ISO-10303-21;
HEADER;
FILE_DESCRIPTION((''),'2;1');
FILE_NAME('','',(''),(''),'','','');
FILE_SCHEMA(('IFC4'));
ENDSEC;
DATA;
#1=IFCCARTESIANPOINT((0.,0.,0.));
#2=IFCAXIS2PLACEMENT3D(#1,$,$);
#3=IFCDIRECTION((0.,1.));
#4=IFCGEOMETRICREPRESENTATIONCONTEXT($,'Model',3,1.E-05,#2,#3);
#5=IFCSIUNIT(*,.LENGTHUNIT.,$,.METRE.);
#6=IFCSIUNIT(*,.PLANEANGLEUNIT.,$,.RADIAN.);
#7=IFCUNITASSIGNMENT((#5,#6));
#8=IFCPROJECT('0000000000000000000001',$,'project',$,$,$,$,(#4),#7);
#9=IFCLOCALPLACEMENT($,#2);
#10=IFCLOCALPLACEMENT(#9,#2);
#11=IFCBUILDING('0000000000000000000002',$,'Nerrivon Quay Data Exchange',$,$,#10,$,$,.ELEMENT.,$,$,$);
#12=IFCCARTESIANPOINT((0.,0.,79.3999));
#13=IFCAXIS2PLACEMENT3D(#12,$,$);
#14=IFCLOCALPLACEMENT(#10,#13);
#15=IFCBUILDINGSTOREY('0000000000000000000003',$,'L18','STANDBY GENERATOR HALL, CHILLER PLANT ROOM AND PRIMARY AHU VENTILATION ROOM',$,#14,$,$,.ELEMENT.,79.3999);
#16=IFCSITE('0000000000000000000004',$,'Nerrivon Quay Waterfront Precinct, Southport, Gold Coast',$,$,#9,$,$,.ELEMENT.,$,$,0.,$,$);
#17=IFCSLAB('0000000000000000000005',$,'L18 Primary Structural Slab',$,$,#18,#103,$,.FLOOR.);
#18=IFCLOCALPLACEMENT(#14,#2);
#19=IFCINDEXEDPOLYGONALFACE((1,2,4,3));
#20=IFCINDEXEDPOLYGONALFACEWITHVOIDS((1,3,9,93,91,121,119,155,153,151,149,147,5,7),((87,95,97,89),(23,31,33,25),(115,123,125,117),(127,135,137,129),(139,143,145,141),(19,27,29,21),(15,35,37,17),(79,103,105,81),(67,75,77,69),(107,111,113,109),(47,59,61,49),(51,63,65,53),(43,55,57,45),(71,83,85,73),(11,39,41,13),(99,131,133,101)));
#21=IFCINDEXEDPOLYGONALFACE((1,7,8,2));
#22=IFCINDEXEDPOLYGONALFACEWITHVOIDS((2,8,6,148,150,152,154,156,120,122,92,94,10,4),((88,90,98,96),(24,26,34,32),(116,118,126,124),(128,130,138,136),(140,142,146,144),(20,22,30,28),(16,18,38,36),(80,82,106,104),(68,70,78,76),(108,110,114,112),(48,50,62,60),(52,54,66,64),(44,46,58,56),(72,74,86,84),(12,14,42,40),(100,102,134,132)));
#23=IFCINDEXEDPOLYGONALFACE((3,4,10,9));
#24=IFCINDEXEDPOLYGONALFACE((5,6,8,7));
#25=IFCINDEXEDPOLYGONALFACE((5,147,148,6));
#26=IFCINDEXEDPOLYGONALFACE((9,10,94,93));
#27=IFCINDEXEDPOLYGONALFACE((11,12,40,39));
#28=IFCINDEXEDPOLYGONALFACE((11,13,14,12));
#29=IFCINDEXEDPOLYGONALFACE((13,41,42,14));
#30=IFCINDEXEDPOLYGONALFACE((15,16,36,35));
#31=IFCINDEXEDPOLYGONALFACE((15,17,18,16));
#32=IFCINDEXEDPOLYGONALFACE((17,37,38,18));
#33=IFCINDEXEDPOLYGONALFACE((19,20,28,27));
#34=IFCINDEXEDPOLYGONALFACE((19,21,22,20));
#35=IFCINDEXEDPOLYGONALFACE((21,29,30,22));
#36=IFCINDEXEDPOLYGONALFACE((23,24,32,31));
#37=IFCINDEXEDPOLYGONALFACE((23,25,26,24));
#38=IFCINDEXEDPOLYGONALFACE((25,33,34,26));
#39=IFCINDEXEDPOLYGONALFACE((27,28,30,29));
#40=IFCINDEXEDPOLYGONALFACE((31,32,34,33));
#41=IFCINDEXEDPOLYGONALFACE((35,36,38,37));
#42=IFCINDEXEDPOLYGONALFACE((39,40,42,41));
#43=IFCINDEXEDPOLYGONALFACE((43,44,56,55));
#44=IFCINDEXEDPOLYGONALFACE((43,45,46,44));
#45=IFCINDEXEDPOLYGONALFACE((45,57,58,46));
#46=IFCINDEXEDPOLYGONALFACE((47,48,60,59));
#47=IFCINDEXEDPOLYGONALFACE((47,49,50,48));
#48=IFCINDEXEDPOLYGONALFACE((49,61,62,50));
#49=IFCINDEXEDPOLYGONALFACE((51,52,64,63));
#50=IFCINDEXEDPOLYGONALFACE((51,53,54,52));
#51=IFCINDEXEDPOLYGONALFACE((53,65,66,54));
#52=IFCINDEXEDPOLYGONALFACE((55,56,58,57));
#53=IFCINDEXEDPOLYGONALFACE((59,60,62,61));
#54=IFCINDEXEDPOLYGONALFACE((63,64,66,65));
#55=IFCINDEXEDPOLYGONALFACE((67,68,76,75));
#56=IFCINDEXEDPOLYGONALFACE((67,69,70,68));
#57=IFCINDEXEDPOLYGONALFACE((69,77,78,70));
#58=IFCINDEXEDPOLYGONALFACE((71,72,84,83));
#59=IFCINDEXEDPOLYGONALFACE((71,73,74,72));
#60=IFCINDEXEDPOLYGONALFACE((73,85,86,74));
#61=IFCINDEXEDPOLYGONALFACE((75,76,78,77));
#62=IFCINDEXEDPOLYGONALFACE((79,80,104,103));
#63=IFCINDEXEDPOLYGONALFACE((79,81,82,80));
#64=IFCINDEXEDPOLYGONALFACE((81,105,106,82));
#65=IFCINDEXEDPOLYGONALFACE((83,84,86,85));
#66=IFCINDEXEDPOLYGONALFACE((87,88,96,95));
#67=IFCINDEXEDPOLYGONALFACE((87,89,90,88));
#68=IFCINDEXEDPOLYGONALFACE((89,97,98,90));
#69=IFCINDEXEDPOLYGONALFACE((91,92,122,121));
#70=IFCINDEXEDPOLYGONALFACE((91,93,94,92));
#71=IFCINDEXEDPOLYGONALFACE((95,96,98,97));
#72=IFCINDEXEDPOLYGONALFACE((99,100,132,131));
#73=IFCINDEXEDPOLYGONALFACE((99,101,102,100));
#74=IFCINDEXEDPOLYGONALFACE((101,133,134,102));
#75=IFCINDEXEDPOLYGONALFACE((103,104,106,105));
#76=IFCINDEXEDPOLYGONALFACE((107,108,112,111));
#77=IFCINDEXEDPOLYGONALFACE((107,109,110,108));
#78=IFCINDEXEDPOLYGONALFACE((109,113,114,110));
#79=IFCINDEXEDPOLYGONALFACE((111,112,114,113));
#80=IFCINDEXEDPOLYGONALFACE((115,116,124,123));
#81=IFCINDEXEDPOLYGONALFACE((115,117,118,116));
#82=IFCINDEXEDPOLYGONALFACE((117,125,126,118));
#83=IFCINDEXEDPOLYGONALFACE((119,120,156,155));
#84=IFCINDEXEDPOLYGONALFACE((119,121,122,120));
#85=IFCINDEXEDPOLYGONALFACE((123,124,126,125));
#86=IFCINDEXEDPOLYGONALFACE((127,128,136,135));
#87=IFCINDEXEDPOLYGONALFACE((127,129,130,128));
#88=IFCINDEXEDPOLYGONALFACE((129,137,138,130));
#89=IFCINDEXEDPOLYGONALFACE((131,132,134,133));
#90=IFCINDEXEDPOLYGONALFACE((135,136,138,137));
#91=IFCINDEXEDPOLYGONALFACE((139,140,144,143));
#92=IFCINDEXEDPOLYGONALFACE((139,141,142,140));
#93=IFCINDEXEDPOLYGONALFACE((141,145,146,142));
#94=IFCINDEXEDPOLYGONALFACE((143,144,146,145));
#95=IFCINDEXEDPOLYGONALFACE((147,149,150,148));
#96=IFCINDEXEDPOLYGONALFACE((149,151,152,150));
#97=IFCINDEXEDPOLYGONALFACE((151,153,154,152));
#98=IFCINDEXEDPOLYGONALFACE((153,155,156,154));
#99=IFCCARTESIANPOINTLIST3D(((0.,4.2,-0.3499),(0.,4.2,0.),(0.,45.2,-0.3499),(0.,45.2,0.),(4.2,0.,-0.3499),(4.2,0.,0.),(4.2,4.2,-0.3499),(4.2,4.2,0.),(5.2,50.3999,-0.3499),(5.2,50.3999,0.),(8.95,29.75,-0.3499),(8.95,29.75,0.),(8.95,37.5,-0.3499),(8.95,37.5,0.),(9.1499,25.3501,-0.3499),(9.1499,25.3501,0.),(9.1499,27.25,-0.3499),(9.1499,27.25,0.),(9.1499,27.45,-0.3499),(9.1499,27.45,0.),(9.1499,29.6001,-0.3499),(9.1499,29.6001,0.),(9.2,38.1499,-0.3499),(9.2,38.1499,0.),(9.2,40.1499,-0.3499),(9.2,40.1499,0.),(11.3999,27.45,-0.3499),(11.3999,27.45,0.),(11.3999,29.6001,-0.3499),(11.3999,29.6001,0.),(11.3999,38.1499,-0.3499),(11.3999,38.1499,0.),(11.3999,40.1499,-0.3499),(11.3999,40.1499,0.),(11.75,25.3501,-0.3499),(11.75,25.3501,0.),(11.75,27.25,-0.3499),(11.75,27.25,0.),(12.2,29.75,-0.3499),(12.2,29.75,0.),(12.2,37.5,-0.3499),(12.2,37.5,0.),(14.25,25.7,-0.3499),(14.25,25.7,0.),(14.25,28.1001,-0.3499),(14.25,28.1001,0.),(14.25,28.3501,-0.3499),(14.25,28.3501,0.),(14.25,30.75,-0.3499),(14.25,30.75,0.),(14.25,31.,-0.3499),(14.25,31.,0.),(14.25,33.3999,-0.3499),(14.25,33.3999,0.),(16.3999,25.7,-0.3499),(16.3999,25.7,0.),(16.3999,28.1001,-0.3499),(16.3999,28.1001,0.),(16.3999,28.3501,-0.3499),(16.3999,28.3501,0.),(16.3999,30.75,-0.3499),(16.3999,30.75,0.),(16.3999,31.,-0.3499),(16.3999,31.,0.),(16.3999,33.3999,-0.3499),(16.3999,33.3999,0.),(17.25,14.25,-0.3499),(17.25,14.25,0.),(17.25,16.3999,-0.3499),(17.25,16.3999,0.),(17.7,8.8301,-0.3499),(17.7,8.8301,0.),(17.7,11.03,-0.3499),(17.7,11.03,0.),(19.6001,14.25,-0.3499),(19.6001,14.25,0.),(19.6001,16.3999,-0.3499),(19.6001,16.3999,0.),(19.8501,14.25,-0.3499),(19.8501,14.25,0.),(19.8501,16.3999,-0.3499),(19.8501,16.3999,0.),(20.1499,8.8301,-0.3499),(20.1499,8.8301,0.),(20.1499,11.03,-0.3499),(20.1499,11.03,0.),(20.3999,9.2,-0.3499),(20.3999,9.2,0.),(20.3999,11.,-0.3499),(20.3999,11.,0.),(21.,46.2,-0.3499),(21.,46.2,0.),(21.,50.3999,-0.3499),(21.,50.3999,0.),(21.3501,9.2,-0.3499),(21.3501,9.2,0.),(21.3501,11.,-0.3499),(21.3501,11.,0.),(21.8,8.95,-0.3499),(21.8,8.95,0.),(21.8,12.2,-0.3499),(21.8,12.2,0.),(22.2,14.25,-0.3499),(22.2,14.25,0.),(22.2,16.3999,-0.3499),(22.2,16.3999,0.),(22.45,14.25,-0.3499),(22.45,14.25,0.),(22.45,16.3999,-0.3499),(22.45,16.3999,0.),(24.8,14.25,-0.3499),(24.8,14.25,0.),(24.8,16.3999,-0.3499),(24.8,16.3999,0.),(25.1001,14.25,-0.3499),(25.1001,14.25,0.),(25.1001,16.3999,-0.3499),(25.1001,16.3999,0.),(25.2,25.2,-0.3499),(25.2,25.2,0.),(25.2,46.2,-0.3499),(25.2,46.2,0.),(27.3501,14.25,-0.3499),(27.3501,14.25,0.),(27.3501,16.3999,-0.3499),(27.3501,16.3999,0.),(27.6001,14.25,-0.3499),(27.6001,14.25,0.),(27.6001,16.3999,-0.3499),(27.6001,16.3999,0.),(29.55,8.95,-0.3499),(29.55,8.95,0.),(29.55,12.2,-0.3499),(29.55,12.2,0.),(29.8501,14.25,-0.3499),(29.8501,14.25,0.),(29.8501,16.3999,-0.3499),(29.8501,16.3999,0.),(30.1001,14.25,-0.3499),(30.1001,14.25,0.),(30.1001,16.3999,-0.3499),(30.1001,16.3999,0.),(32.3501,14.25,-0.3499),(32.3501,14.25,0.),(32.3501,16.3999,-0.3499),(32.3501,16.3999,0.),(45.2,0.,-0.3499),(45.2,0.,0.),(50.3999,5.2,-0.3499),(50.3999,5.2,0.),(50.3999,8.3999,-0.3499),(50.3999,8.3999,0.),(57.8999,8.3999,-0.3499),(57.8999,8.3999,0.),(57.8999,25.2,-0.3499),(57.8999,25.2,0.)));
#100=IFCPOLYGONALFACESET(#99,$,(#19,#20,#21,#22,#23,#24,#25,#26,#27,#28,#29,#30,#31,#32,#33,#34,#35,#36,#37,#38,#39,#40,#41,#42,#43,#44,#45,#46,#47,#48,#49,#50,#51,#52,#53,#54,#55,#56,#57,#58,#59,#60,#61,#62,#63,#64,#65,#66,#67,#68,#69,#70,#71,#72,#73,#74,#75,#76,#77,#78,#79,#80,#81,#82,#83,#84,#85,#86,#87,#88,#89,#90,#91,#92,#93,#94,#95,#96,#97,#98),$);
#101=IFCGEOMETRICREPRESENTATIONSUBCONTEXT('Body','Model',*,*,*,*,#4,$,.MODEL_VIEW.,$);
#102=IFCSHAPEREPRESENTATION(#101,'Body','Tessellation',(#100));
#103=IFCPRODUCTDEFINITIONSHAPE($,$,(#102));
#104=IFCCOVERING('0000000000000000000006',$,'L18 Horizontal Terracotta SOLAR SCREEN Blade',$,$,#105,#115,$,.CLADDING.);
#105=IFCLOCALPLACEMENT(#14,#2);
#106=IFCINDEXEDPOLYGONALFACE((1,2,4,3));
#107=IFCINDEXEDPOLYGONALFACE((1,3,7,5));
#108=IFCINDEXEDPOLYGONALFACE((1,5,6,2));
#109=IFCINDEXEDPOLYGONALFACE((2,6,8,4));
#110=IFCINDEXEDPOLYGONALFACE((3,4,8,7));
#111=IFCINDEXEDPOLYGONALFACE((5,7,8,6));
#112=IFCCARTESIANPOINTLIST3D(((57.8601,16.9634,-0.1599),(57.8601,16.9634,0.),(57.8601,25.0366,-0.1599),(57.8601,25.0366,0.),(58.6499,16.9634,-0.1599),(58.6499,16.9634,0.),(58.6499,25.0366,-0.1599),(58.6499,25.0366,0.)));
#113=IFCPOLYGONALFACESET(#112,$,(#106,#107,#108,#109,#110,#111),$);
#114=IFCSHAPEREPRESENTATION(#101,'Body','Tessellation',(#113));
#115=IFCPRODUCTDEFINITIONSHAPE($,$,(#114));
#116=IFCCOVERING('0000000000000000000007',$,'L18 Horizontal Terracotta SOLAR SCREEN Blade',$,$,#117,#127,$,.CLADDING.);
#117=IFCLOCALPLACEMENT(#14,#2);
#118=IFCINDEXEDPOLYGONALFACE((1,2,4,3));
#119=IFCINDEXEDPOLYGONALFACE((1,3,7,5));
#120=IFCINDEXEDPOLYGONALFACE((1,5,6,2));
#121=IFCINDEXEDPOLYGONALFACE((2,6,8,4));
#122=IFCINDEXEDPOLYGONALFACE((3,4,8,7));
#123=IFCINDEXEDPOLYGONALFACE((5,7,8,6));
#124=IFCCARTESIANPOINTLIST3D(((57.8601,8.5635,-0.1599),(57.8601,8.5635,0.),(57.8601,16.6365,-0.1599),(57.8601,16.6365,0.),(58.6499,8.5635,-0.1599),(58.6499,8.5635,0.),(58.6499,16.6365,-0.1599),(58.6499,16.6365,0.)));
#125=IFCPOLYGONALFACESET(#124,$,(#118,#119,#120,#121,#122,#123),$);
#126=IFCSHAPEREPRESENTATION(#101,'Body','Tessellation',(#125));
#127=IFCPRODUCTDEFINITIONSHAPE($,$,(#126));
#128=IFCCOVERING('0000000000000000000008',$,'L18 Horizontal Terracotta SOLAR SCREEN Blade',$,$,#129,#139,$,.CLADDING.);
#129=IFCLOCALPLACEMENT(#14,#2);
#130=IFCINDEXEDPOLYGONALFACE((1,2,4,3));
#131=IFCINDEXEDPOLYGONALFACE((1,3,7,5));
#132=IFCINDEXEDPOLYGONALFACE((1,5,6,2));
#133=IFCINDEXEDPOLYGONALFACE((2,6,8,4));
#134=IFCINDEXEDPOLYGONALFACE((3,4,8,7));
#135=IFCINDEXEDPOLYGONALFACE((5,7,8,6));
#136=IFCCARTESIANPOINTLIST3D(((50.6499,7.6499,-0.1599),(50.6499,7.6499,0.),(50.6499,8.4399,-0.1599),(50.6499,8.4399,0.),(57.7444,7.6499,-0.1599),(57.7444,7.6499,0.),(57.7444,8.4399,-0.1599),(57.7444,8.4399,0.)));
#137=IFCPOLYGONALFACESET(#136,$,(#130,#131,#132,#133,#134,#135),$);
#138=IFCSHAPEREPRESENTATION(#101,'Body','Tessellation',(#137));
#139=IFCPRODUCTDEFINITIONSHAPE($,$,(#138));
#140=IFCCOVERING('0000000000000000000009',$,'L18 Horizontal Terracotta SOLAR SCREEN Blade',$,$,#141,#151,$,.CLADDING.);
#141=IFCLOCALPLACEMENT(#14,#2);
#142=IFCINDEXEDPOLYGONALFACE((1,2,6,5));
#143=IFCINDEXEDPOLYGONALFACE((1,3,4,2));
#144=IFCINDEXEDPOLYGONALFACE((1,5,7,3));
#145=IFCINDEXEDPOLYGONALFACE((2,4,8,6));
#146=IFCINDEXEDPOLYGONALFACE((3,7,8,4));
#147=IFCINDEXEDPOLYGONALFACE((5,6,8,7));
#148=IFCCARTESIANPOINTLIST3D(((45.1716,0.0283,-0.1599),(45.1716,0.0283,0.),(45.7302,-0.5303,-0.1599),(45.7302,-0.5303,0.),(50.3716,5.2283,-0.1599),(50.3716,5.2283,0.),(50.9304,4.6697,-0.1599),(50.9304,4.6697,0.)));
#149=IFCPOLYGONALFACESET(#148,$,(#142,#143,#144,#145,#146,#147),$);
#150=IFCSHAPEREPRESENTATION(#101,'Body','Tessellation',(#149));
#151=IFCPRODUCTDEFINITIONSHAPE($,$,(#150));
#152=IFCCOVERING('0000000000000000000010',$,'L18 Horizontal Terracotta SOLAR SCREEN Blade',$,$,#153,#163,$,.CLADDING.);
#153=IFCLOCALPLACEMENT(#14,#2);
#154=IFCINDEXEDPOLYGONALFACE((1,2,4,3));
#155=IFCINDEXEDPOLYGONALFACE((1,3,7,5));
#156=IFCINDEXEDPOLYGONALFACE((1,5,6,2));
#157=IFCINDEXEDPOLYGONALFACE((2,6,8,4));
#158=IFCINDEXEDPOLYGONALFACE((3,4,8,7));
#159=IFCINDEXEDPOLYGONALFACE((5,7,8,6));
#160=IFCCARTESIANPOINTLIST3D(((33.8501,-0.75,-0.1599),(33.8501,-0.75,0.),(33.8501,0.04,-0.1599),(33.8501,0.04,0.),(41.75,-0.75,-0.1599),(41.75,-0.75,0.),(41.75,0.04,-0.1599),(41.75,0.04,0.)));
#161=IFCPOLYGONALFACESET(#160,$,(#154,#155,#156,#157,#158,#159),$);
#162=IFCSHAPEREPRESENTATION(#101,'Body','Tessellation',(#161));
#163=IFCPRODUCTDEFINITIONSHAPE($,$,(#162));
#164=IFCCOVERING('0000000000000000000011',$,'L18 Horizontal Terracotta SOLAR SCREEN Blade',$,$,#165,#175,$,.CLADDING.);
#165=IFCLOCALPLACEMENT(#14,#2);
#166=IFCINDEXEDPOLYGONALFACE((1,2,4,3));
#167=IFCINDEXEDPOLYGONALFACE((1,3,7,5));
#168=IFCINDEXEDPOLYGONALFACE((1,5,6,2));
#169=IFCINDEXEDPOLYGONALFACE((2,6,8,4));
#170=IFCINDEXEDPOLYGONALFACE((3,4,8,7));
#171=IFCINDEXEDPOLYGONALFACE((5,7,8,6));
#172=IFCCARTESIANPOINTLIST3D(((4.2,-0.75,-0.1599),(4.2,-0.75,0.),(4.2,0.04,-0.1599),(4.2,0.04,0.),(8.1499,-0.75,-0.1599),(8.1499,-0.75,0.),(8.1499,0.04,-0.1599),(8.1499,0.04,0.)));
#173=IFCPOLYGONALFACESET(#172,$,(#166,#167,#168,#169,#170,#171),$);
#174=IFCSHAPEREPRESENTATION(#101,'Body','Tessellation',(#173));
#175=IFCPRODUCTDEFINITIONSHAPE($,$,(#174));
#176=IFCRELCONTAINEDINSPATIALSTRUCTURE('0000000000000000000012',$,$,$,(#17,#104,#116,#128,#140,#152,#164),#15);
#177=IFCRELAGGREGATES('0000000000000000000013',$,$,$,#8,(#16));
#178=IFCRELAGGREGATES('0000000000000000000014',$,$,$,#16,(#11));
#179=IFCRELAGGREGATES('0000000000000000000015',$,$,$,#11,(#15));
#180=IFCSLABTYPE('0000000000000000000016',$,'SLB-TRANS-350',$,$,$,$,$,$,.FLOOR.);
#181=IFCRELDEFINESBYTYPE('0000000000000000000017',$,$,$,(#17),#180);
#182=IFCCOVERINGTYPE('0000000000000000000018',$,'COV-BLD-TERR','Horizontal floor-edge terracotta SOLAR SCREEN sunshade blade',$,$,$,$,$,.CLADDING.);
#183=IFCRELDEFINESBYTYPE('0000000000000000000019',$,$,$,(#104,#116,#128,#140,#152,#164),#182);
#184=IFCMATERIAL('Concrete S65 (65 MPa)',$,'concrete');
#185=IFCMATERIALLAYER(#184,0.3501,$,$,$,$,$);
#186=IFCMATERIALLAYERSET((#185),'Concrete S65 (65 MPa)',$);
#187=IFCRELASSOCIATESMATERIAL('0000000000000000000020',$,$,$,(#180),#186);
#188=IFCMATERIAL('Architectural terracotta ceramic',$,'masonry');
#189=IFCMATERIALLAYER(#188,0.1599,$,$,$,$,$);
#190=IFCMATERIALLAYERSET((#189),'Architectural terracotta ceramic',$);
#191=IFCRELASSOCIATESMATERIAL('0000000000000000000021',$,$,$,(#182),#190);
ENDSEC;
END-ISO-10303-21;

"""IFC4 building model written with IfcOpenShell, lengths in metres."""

from ifc_helpers import new_model, si_unit, direction, frame, origin, place, context, subcontext, project, spatial, polyline, outline, extrude, material, layer, layer_set, type_object, element, save


model = new_model("IFC4")

# Units and contexts
model_context = context("Model", 3, precision=1e-05, world=origin(), true_north=direction((0.0, 1.0)))
body_context = subcontext(model_context, "Body", "Model", "MODEL_VIEW")
ifc_project = project(units=[si_unit("LENGTHUNIT", "METRE"), si_unit("PLANEANGLEUNIT", "RADIAN")], contexts=[model_context])

# Site, building, storey
site_placement = place(None, origin())
site = spatial("IfcSite", under=ifc_project, at=site_placement, Name="Nerrivon Quay Waterfront Precinct, Southport, Gold Coast", CompositionType="ELEMENT", RefElevation=0.0)
building_placement = place(site_placement, origin())
building = spatial("IfcBuilding", under=site, at=building_placement, Name="Nerrivon Quay Data Exchange", CompositionType="ELEMENT")
storey_placement = place(building_placement, frame((0.0, 0.0, 79.3999)))
storey = spatial("IfcBuildingStorey", under=building, at=storey_placement, Name="L18", Description="STANDBY GENERATOR HALL, CHILLER PLANT ROOM AND PRIMARY AHU VENTILATION ROOM", CompositionType="ELEMENT", Elevation=79.3999)

# Slab
ifc_material_1 = material(Name="Concrete S65 (65 MPa)", Category="concrete")
ifc_layer_1 = layer(ifc_material_1, 0.3501)
ifc_layer_set_1 = layer_set([ifc_layer_1], Name="Concrete S65 (65 MPa)")
slab_type = type_object("IfcSlabType", Name="SLB-TRANS-350", PredefinedType="FLOOR", material=ifc_layer_set_1)
slab_placement = place(storey_placement, frame((0.0, 0.0, -0.3499)))
element("IfcSlab", 1, at=slab_placement, inside=storey, type_object=slab_type, Name="L18 Primary Structural Slab", PredefinedType="FLOOR", context=body_context, shape_type="SweptSolid", body=[
    extrude(outline(polyline([(25.2, 25.2), (25.2, 46.2), (21.0, 46.2), (21.0, 50.3999), (5.2, 50.3999), (0.0, 45.2), (0.0, 4.2), (4.2, 4.2), (4.2, 0.0), (45.2, 0.0), (50.3999, 5.2), (50.3999, 8.3999), (57.8999, 8.3999), (57.8999, 25.2), (25.2, 25.2)]), holes=[polyline([(8.95, 29.75), (8.95, 37.5), (12.2, 37.5), (12.2, 29.75), (8.95, 29.75)]), polyline([(21.8, 12.2), (29.55, 12.2), (29.55, 8.95), (21.8, 8.95), (21.8, 12.2)]), polyline([(30.1001, 16.3999), (32.3501, 16.3999), (32.3501, 14.25), (30.1001, 14.25), (30.1001, 16.3999)]), polyline([(27.6001, 16.3999), (29.8501, 16.3999), (29.8501, 14.25), (27.6001, 14.25), (27.6001, 16.3999)]), polyline([(25.1001, 16.3999), (27.3501, 16.3999), (27.3501, 14.25), (25.1001, 14.25), (25.1001, 16.3999)]), polyline([(22.45, 16.3999), (24.8, 16.3999), (24.8, 14.25), (22.45, 14.25), (22.45, 16.3999)]), polyline([(19.8501, 16.3999), (22.2, 16.3999), (22.2, 14.25), (19.8501, 14.25), (19.8501, 16.3999)]), polyline([(20.3999, 11.0), (21.3501, 11.0), (21.3501, 9.2), (20.3999, 9.2), (20.3999, 11.0)]), polyline([(17.7, 8.8301), (17.7, 11.03), (20.1499, 11.03), (20.1499, 8.8301), (17.7, 8.8301)]), polyline([(17.25, 14.25), (17.25, 16.3999), (19.6001, 16.3999), (19.6001, 14.25), (17.25, 14.25)]), polyline([(14.25, 28.1001), (16.3999, 28.1001), (16.3999, 25.7), (14.25, 25.7), (14.25, 28.1001)]), polyline([(14.25, 30.75), (16.3999, 30.75), (16.3999, 28.3501), (14.25, 28.3501), (14.25, 30.75)]), polyline([(14.25, 33.3999), (16.3999, 33.3999), (16.3999, 31.0), (14.25, 31.0), (14.25, 33.3999)]), polyline([(9.1499, 27.25), (11.75, 27.25), (11.75, 25.3501), (9.1499, 25.3501), (9.1499, 27.25)]), polyline([(9.1499, 29.6001), (11.3999, 29.6001), (11.3999, 27.45), (9.1499, 27.45), (9.1499, 29.6001)]), polyline([(9.2, 40.1499), (11.3999, 40.1499), (11.3999, 38.1499), (9.2, 38.1499), (9.2, 40.1499)])]), origin(), (0.0, 0.0, 1.0), 0.3499),
])

# Coverings
ifc_material_2 = material(Name="Architectural terracotta ceramic", Category="masonry")
ifc_layer_2 = layer(ifc_material_2, 0.1599)
ifc_layer_set_2 = layer_set([ifc_layer_2], Name="Architectural terracotta ceramic")
covering_type = type_object("IfcCoveringType", Name="COV-BLD-TERR", Description="Horizontal floor-edge terracotta SOLAR SCREEN sunshade blade", PredefinedType="CLADDING", material=ifc_layer_set_2)
covering_1_placement = place(storey_placement, frame((0.0, 0.0, -0.1599)))
element("IfcCovering", 2, at=covering_1_placement, inside=storey, type_object=covering_type, Name="L18 Horizontal Terracotta SOLAR SCREEN Blade", PredefinedType="CLADDING", context=body_context, shape_type="SweptSolid", body=[
    extrude(outline(polyline([(57.8601, 25.0366), (57.8601, 16.9634), (58.6499, 16.9634), (58.6499, 25.0366), (57.8601, 25.0366)])), origin(), (0.0, 0.0, 1.0), 0.1599),
])
covering_2_placement = place(storey_placement, frame((0.0, 0.0, -0.1599)))
element("IfcCovering", 3, at=covering_2_placement, inside=storey, type_object=covering_type, Name="L18 Horizontal Terracotta SOLAR SCREEN Blade", PredefinedType="CLADDING", context=body_context, shape_type="SweptSolid", body=[
    extrude(outline(polyline([(57.8601, 16.6365), (57.8601, 8.5635), (58.6499, 8.5635), (58.6499, 16.6365), (57.8601, 16.6365)])), origin(), (0.0, 0.0, 1.0), 0.1599),
])
covering_3_placement = place(storey_placement, frame((0.0, 0.0, -0.1599)))
element("IfcCovering", 4, at=covering_3_placement, inside=storey, type_object=covering_type, Name="L18 Horizontal Terracotta SOLAR SCREEN Blade", PredefinedType="CLADDING", context=body_context, shape_type="SweptSolid", body=[
    extrude(outline(polyline([(57.7444, 8.4399), (50.6499, 8.4399), (50.6499, 7.6499), (57.7444, 7.6499), (57.7444, 8.4399)])), origin(), (0.0, 0.0, 1.0), 0.1599),
])
covering_4_placement = place(storey_placement, frame((0.0, 0.0, -0.1599)))
element("IfcCovering", 5, at=covering_4_placement, inside=storey, type_object=covering_type, Name="L18 Horizontal Terracotta SOLAR SCREEN Blade", PredefinedType="CLADDING", context=body_context, shape_type="SweptSolid", body=[
    extrude(outline(polyline([(50.3716, 5.2283), (45.1716, 0.0283), (45.7302, -0.5303), (50.9304, 4.6697), (50.3716, 5.2283)])), origin(), (0.0, 0.0, 1.0), 0.1599),
])
covering_5_placement = place(storey_placement, frame((0.0, 0.0, -0.1599)))
element("IfcCovering", 6, at=covering_5_placement, inside=storey, type_object=covering_type, Name="L18 Horizontal Terracotta SOLAR SCREEN Blade", PredefinedType="CLADDING", context=body_context, shape_type="SweptSolid", body=[
    extrude(outline(polyline([(41.75, 0.04), (33.8501, 0.04), (33.8501, -0.75), (41.75, -0.75), (41.75, 0.04)])), origin(), (0.0, 0.0, 1.0), 0.1599),
])
covering_6_placement = place(storey_placement, frame((0.0, 0.0, -0.1599)))
element("IfcCovering", 7, at=covering_6_placement, inside=storey, type_object=covering_type, Name="L18 Horizontal Terracotta SOLAR SCREEN Blade", PredefinedType="CLADDING", context=body_context, shape_type="SweptSolid", body=[
    extrude(outline(polyline([(8.1499, 0.04), (4.2, 0.04), (4.2, -0.75), (8.1499, -0.75), (8.1499, 0.04)])), origin(), (0.0, 0.0, 1.0), 0.1599),
])

save(model, "model.ifc")
